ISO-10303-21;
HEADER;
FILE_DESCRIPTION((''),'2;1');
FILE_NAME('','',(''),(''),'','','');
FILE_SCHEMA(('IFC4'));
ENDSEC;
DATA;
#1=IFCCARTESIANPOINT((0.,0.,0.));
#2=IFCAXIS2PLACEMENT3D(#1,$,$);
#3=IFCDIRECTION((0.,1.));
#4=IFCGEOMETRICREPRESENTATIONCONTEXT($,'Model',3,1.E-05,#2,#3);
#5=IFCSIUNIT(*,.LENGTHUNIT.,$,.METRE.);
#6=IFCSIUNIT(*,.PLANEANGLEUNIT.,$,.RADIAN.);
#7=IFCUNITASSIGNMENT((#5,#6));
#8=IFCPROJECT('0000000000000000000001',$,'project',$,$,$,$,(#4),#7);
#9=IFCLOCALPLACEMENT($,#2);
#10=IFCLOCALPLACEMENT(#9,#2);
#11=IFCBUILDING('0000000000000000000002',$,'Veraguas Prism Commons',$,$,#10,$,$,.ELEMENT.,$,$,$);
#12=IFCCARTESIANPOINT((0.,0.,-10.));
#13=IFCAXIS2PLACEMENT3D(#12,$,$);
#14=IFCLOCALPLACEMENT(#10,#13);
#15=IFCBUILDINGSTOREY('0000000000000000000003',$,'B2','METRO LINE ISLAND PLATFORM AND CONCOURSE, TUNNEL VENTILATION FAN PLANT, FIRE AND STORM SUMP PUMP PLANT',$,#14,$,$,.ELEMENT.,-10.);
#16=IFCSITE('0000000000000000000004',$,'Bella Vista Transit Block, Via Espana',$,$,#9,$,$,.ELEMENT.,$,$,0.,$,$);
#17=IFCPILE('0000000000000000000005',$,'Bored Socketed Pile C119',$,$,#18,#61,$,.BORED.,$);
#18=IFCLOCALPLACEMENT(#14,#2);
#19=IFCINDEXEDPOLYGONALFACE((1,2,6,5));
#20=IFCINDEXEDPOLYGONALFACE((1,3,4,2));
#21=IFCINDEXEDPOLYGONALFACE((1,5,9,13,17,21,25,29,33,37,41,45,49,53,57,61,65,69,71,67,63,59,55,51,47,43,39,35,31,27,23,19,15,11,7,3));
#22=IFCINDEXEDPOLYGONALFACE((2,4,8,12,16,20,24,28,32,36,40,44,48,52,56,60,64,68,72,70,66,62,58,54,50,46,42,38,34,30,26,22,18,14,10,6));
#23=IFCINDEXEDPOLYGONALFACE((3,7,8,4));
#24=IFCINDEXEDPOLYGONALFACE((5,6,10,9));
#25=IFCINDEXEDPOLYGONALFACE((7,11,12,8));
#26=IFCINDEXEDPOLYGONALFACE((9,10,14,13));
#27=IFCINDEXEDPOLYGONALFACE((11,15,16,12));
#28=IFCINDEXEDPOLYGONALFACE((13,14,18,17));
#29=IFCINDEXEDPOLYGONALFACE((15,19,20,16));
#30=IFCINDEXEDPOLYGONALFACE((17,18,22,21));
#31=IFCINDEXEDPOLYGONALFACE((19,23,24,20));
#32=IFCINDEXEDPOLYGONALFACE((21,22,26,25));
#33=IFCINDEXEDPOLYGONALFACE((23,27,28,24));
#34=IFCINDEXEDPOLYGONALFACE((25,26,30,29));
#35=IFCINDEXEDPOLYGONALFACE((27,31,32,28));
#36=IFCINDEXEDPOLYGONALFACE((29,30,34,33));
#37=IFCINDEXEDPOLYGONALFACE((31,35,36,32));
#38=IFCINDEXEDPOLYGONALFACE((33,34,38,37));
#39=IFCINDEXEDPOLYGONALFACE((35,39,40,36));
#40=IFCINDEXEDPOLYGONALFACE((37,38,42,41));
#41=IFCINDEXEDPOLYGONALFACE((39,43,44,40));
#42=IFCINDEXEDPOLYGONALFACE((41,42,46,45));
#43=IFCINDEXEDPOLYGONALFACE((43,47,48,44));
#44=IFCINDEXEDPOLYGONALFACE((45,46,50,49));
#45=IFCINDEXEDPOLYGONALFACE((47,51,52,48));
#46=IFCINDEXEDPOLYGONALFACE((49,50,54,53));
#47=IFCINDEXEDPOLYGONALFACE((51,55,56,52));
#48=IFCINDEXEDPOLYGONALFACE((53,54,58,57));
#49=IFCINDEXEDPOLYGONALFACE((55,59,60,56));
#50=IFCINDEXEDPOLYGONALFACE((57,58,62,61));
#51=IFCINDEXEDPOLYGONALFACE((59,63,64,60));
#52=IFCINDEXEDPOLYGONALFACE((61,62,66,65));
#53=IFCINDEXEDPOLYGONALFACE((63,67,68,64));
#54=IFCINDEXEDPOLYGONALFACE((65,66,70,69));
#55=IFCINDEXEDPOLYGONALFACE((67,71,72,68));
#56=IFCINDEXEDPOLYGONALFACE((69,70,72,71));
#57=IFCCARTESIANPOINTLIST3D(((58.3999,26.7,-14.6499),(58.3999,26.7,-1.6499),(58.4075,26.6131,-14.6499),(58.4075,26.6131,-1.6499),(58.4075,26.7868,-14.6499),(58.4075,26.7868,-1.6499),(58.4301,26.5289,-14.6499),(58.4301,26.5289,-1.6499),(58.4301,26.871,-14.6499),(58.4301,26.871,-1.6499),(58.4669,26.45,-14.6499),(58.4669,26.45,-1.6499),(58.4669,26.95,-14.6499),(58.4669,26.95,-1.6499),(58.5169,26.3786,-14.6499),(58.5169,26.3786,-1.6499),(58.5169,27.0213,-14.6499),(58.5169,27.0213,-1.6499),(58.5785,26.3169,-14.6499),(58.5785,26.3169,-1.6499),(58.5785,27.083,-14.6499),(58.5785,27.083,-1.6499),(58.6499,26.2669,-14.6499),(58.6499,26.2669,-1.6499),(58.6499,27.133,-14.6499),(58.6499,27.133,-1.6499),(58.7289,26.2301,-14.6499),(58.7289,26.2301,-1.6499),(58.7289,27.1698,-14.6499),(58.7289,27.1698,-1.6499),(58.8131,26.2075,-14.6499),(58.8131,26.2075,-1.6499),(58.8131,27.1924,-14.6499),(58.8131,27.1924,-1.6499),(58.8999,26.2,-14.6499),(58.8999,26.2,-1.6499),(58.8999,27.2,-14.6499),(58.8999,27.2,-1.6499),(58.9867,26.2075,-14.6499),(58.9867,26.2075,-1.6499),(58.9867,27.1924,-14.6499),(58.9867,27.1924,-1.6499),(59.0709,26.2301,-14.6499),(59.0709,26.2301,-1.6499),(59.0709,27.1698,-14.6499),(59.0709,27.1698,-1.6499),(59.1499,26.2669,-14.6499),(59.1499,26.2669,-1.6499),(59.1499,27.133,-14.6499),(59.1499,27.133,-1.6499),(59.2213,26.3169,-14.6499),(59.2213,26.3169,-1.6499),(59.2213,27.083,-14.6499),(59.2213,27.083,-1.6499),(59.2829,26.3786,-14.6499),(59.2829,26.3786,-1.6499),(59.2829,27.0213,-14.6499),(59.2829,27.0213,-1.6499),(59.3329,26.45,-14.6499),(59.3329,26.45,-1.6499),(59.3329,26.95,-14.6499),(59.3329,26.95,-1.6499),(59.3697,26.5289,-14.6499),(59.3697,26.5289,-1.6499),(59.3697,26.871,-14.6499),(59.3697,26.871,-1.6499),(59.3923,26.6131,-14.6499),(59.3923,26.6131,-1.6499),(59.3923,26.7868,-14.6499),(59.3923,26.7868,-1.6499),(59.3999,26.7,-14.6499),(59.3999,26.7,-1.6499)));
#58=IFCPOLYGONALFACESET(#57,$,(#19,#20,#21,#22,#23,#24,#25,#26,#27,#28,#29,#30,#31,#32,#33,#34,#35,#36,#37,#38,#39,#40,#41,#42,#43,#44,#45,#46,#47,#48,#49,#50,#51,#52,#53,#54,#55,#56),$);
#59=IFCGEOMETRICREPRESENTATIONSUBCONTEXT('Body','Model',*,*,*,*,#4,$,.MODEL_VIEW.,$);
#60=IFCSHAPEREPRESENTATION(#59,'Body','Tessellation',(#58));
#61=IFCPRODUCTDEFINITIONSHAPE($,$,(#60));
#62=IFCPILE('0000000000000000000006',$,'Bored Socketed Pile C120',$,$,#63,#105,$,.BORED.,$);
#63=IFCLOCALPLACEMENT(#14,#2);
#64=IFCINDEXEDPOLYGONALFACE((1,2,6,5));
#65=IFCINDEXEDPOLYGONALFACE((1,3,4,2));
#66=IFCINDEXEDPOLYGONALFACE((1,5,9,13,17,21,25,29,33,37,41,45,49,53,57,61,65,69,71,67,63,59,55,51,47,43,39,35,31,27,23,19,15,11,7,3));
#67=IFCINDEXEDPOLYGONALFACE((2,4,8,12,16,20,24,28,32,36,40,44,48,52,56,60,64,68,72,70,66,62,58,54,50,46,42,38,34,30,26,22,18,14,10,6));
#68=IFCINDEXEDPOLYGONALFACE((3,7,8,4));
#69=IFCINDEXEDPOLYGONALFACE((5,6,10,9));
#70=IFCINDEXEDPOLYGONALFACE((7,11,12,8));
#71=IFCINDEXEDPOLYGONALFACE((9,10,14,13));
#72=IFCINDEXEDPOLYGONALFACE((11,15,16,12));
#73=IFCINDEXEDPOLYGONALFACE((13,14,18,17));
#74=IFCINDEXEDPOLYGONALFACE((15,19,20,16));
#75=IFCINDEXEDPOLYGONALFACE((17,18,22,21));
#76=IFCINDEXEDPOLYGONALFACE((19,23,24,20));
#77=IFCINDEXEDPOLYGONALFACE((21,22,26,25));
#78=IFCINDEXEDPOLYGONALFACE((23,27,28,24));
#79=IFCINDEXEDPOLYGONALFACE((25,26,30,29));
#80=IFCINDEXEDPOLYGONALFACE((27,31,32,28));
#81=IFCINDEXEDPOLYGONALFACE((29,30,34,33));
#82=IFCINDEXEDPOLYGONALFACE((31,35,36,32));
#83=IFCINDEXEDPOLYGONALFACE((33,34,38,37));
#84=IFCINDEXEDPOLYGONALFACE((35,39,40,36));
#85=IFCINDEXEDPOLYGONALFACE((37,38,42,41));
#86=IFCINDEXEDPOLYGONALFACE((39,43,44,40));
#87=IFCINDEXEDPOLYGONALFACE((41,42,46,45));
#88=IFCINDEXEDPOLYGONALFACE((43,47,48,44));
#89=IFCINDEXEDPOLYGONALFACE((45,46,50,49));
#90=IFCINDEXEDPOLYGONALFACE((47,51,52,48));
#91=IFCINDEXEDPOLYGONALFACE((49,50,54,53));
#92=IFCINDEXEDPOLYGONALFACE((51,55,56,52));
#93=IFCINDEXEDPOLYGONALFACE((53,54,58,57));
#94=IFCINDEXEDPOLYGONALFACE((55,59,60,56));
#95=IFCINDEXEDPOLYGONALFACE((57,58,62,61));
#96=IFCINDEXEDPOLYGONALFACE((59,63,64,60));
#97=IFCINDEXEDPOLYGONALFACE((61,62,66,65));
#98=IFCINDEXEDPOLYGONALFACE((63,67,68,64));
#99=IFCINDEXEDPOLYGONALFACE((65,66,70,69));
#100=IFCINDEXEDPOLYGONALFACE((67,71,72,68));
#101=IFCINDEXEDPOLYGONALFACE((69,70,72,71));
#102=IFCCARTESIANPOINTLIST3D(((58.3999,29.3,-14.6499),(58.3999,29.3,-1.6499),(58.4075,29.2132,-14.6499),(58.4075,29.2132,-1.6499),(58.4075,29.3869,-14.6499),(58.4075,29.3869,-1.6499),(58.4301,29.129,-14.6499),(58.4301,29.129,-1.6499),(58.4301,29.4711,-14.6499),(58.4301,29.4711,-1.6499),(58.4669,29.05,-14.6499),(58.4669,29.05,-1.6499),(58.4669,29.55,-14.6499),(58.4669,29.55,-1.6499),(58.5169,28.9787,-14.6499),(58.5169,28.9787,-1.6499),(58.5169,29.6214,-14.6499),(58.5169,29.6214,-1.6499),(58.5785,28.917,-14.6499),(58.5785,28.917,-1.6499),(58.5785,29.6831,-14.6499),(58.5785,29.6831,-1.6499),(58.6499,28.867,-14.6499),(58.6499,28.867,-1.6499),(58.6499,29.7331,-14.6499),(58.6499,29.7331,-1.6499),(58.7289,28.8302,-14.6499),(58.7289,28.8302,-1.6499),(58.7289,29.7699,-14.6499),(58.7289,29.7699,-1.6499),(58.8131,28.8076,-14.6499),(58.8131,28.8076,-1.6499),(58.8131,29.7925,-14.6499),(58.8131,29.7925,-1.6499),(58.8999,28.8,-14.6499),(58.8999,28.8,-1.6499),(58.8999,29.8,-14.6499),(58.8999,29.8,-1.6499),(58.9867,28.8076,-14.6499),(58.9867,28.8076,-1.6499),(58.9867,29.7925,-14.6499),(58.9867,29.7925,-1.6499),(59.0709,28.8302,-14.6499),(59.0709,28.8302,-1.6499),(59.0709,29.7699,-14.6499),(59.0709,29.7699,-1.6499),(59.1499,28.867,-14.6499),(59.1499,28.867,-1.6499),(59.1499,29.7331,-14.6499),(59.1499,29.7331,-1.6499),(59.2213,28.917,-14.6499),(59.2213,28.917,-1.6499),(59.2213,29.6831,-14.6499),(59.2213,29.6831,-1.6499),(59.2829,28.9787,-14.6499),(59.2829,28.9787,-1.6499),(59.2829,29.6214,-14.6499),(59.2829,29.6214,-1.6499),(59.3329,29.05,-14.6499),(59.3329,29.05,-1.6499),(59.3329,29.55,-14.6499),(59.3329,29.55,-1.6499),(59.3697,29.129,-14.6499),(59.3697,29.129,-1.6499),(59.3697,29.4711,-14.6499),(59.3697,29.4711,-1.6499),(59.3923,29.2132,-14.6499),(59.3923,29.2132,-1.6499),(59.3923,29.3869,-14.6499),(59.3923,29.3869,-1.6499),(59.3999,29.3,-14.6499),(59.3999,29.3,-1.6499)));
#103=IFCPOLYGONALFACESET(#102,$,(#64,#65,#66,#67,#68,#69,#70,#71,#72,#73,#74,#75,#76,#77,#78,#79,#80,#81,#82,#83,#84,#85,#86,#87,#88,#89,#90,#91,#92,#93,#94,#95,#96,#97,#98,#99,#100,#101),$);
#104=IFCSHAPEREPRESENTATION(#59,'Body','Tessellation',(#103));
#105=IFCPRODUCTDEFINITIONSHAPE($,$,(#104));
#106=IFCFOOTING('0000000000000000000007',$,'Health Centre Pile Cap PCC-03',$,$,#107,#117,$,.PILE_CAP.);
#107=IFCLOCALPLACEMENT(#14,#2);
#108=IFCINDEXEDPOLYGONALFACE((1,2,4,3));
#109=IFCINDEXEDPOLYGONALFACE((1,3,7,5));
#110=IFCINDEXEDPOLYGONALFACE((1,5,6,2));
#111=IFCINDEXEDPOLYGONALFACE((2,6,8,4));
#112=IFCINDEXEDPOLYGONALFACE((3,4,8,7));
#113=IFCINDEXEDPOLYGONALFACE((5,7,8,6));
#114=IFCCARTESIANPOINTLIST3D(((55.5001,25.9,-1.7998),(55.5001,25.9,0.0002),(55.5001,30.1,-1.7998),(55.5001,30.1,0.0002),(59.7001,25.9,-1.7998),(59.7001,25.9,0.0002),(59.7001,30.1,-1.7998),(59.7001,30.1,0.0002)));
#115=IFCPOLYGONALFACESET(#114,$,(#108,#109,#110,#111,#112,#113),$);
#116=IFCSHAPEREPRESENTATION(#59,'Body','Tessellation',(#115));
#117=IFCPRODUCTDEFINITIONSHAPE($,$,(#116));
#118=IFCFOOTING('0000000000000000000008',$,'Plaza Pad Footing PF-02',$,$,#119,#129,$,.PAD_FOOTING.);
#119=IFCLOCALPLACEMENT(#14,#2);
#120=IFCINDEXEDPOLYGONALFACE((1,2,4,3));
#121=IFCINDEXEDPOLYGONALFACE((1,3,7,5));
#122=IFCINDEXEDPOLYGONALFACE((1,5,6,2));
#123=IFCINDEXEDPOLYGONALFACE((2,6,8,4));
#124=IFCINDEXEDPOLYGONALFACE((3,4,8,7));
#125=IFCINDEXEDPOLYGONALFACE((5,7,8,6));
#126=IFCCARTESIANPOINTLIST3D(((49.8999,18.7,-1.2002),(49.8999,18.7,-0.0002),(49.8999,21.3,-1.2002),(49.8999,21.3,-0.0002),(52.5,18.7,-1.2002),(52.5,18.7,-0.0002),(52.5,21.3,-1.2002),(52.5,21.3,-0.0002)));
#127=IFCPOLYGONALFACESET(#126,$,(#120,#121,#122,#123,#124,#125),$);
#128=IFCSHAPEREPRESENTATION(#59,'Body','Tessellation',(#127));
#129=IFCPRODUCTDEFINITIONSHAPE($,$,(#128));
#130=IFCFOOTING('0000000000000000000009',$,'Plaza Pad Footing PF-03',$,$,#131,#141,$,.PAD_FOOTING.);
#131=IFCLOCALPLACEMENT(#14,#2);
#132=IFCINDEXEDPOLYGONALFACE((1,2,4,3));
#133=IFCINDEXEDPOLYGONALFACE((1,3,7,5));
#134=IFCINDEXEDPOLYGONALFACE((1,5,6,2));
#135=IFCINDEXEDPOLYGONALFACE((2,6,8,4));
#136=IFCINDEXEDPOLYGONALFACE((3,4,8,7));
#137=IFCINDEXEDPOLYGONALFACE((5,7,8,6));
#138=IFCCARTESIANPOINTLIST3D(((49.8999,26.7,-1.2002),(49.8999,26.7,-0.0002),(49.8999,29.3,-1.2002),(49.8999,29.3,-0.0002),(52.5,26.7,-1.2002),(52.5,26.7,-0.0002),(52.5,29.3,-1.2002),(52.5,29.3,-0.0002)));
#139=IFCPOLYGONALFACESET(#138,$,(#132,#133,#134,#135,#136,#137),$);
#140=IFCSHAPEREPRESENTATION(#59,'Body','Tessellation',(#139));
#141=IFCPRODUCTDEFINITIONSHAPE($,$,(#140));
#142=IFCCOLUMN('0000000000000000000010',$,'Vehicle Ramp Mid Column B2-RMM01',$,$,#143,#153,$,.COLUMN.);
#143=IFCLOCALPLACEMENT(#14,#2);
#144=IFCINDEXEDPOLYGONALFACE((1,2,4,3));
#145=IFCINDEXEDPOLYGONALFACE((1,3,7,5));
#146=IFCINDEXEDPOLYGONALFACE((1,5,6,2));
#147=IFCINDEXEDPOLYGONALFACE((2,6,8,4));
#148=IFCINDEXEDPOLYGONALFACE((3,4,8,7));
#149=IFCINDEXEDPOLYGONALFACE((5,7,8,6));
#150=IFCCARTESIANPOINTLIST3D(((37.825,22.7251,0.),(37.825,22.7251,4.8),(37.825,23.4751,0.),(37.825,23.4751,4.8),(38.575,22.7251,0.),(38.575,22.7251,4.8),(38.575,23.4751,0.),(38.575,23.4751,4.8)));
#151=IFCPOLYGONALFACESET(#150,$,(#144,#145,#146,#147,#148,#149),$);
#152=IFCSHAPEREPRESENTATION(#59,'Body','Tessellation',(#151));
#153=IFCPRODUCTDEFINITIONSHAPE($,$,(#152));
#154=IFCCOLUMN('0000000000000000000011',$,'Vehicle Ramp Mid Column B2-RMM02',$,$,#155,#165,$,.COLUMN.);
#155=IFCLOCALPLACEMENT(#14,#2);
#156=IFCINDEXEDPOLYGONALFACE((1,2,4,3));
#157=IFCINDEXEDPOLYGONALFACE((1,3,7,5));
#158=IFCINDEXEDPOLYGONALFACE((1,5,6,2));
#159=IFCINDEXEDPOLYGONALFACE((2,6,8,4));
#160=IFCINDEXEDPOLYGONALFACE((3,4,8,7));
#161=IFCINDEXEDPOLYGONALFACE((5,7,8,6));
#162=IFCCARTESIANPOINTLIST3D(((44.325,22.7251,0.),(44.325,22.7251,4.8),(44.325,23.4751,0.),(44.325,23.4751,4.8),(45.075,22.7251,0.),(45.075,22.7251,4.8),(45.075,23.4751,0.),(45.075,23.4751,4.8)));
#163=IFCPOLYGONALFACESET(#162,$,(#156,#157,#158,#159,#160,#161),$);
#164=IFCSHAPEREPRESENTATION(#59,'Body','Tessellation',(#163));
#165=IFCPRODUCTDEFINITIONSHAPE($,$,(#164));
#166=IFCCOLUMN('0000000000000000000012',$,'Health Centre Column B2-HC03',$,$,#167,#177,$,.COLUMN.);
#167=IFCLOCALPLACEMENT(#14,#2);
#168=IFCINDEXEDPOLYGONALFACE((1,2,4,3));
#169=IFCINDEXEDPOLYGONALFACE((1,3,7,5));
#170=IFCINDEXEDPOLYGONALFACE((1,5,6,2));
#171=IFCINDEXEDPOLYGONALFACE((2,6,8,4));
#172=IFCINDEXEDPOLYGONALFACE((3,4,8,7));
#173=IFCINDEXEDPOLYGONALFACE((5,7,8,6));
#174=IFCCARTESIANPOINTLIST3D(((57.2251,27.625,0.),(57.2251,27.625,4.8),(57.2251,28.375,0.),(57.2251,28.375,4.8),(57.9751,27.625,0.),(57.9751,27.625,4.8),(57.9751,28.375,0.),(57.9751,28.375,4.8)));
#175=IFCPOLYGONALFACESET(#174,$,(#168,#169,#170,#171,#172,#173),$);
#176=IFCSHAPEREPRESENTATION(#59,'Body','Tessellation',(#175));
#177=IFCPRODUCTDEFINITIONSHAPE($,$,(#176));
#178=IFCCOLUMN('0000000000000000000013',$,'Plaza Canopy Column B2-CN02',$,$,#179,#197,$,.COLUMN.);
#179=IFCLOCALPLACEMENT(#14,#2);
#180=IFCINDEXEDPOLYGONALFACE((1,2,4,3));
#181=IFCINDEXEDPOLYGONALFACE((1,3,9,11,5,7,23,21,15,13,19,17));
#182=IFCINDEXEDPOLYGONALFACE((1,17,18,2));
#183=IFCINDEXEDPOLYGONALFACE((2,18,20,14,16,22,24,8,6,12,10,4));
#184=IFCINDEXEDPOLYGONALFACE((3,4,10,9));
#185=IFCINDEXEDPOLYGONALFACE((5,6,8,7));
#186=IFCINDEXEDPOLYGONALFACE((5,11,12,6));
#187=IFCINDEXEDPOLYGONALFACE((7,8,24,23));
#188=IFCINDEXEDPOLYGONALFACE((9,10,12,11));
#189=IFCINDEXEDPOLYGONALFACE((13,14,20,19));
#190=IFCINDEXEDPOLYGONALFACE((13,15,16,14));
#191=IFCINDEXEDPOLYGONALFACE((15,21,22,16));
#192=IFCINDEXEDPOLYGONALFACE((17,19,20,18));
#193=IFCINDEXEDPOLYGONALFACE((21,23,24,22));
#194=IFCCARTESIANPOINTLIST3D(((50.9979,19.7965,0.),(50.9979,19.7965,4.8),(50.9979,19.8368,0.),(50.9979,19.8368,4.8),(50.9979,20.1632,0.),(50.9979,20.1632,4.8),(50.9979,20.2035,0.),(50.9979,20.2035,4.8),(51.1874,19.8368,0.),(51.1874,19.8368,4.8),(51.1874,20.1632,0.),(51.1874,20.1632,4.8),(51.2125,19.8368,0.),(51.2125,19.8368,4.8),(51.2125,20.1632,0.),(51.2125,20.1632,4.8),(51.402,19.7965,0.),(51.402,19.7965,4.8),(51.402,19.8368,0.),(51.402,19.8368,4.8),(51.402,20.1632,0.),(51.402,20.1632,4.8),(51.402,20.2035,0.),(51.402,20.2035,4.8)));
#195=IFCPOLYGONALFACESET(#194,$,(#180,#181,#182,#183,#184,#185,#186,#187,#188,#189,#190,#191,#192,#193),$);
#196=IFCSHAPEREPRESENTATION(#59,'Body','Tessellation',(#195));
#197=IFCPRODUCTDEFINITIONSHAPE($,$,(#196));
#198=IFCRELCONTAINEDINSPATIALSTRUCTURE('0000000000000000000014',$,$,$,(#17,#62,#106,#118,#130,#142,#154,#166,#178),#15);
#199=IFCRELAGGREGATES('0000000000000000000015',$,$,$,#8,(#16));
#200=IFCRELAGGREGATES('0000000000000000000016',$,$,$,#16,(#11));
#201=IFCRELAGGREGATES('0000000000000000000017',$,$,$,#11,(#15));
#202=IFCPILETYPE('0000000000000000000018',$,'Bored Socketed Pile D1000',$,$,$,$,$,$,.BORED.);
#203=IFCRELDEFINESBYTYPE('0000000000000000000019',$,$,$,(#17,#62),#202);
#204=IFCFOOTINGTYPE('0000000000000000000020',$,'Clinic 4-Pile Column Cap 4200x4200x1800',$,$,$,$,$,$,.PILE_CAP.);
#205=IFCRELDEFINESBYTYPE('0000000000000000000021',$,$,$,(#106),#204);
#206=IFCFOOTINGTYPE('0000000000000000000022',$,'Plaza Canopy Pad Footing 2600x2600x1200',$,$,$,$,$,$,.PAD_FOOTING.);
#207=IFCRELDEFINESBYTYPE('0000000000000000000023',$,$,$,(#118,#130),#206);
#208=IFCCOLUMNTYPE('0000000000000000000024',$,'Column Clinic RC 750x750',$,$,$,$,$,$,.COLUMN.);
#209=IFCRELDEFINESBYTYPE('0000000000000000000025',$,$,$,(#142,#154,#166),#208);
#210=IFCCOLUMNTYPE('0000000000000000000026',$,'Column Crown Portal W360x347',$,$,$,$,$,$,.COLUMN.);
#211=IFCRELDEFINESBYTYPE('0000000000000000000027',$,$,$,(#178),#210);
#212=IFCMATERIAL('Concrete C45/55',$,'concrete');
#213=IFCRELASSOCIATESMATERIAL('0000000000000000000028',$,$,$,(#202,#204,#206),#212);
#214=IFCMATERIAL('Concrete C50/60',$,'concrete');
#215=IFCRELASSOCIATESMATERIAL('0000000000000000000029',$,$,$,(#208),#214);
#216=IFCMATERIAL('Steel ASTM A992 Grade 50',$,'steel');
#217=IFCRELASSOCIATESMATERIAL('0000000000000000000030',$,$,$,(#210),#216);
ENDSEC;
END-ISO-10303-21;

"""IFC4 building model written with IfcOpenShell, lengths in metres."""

from ifc_helpers import new_model, si_unit, direction, frame, origin, origin_2d, place, context, subcontext, project, spatial, rectangle, circle, i_section, extrude, source, transform, mapped, material, material_profile, profile_set, type_object, element, save


model = new_model("IFC4")

# Units and contexts
model_context = context("Model", 3, precision=1e-05, world=origin(), true_north=direction((0.0, 1.0)))
body_context = subcontext(model_context, "Body", "Model", "MODEL_VIEW")
ifc_project = project(units=[si_unit("LENGTHUNIT", "METRE"), si_unit("PLANEANGLEUNIT", "RADIAN")], contexts=[model_context])

# Site, building, storey
site_placement = place(None, origin())
site = spatial("IfcSite", under=ifc_project, at=site_placement, Name="Bella Vista Transit Block, Via Espana", CompositionType="ELEMENT", RefElevation=0.0)
building_placement = place(site_placement, origin())
building = spatial("IfcBuilding", under=site, at=building_placement, Name="Veraguas Prism Commons", CompositionType="ELEMENT")
storey_placement = place(building_placement, frame((0.0, 0.0, -10.0)))
storey = spatial("IfcBuildingStorey", under=building, at=storey_placement, Name="B2", Description="METRO LINE ISLAND PLATFORM AND CONCOURSE, TUNNEL VENTILATION FAN PLANT, FIRE AND STORM SUMP PUMP PLANT", CompositionType="ELEMENT", Elevation=-10.0)

# Shared definitions
ifc_material_1 = material(Name="Concrete C45/55", Category="concrete")

# Piles
ifc_material_profile_1 = material_profile(ifc_material_1, circle(Radius=0.5, at=origin_2d()), Name="PILE1000")
ifc_profile_set_1 = profile_set([ifc_material_profile_1], Name="Concrete C45/55")
pile_type_1 = type_object("IfcPileType", Name="Bored Socketed Pile D1000", PredefinedType="BORED", material=ifc_profile_set_1)
shared_shape_1 = source(origin(), body_context, "Body", "SweptSolid", [
    extrude(circle(Radius=0.5, at=origin_2d()), origin(), (0.0, 0.0, 1.0), 13.0),
])
for number, where, z_axis, x_axis, name in (
    (1, (58.8999, 26.7, -1.6499), (0.0, 0.0, -1.0), (1.0, 0.0, 0.0), "Bored Socketed Pile C119"),
    (2, (58.8999, 29.3, -1.6499), (0.0, 0.0, -1.0), (1.0, 0.0, 0.0), "Bored Socketed Pile C120"),
):
    element("IfcPile", number, at=place(storey_placement, frame(where, z_axis=z_axis, x_axis=x_axis)), inside=storey, type_object=pile_type_1, Name=name, PredefinedType="BORED", context=body_context, shape_type="MappedRepresentation", body=[
        mapped(shared_shape_1, transform((0.0, 0.0, 0.0), scale=1.0)),
    ])

# Footings
footing_type_1 = type_object("IfcFootingType", Name="Clinic 4-Pile Column Cap 4200x4200x1800", PredefinedType="PILE_CAP", material=ifc_material_1)
shared_shape_2 = source(origin(), body_context, "Body", "SweptSolid", [
    extrude(rectangle(XDim=4.2, YDim=4.2, at=origin_2d()), origin(), (0.0, 0.0, 1.0), 1.8),
])
footing_1_placement = place(storey_placement, frame((57.6001, 28.0, -1.7998), z_axis=(0.0, 0.0, 1.0), x_axis=(1.0, 0.0, 0.0)))
element("IfcFooting", 3, at=footing_1_placement, inside=storey, type_object=footing_type_1, Name="Health Centre Pile Cap PCC-03", PredefinedType="PILE_CAP", context=body_context, shape_type="MappedRepresentation", body=[
    mapped(shared_shape_2, transform((0.0, 0.0, 0.0), scale=1.0)),
])
footing_type_2 = type_object("IfcFootingType", Name="Plaza Canopy Pad Footing 2600x2600x1200", PredefinedType="PAD_FOOTING", material=ifc_material_1)
shared_shape_3 = source(origin(), body_context, "Body", "SweptSolid", [
    extrude(rectangle(XDim=2.6001, YDim=2.6001, at=origin_2d()), origin(), (0.0, 0.0, 1.0), 1.2),
])
for number, where, z_axis, x_axis, name in (
    (4, (51.2, 20.0, -1.2002), (0.0, 0.0, 1.0), (1.0, 0.0, 0.0), "Plaza Pad Footing PF-02"),
    (5, (51.2, 28.0, -1.2002), (0.0, 0.0, 1.0), (1.0, 0.0, 0.0), "Plaza Pad Footing PF-03"),
):
    element("IfcFooting", number, at=place(storey_placement, frame(where, z_axis=z_axis, x_axis=x_axis)), inside=storey, type_object=footing_type_2, Name=name, PredefinedType="PAD_FOOTING", context=body_context, shape_type="MappedRepresentation", body=[
        mapped(shared_shape_3, transform((0.0, 0.0, 0.0), scale=1.0)),
    ])

# Columns
ifc_material_2 = material(Name="Concrete C50/60", Category="concrete")
ifc_material_profile_2 = material_profile(ifc_material_2, rectangle(XDim=0.75, YDim=0.75, at=origin_2d()), Name="RC750X750")
ifc_profile_set_2 = profile_set([ifc_material_profile_2], Name="Concrete C50/60")
column_type_1 = type_object("IfcColumnType", Name="Column Clinic RC 750x750", PredefinedType="COLUMN", material=ifc_profile_set_2)
for number, where, z_axis, x_axis, name in (
    (6, (38.2, 23.1001, 0.0), (0.0, 0.0, 1.0), (1.0, 0.0, 0.0), "Vehicle Ramp Mid Column B2-RMM01"),
    (7, (44.7, 23.1001, 0.0), (0.0, 0.0, 1.0), (1.0, 0.0, 0.0), "Vehicle Ramp Mid Column B2-RMM02"),
    (8, (57.6001, 28.0, 0.0), (0.0, 0.0, 1.0), (1.0, 0.0, 0.0), "Health Centre Column B2-HC03"),
):
    element("IfcColumn", number, at=place(storey_placement, frame(where, z_axis=z_axis, x_axis=x_axis)), inside=storey, type_object=column_type_1, Name=name, PredefinedType="COLUMN", context=body_context, shape_type="SweptSolid", body=[
        extrude(rectangle(XDim=0.75, YDim=0.75, at=origin_2d()), origin(), (0.0, 0.0, 1.0), 4.8),
    ])
ifc_material_3 = material(Name="Steel ASTM A992 Grade 50", Category="steel")
ifc_material_profile_3 = material_profile(ifc_material_3, i_section(OverallWidth=0.4041, OverallDepth=0.407, WebThickness=0.0251, FlangeThickness=0.0403, at=origin_2d()), Name="W360X347")
ifc_profile_set_3 = profile_set([ifc_material_profile_3], Name="Steel ASTM A992 Grade 50")
column_type_2 = type_object("IfcColumnType", Name="Column Crown Portal W360x347", PredefinedType="COLUMN", material=ifc_profile_set_3)
for number, where, z_axis, x_axis, name in (
    (9, (51.2, 20.0, 0.0), (0.0, 0.0, 1.0), (1.0, 0.0, 0.0), "Plaza Canopy Column B2-CN02"),
):
    element("IfcColumn", number, at=place(storey_placement, frame(where, z_axis=z_axis, x_axis=x_axis)), inside=storey, type_object=column_type_2, Name=name, PredefinedType="COLUMN", context=body_context, shape_type="SweptSolid", body=[
        extrude(i_section(OverallWidth=0.4041, OverallDepth=0.407, WebThickness=0.0251, FlangeThickness=0.0403, at=origin_2d()), origin(), (0.0, 0.0, 1.0), 4.8),
    ])

save(model, "model.ifc")
